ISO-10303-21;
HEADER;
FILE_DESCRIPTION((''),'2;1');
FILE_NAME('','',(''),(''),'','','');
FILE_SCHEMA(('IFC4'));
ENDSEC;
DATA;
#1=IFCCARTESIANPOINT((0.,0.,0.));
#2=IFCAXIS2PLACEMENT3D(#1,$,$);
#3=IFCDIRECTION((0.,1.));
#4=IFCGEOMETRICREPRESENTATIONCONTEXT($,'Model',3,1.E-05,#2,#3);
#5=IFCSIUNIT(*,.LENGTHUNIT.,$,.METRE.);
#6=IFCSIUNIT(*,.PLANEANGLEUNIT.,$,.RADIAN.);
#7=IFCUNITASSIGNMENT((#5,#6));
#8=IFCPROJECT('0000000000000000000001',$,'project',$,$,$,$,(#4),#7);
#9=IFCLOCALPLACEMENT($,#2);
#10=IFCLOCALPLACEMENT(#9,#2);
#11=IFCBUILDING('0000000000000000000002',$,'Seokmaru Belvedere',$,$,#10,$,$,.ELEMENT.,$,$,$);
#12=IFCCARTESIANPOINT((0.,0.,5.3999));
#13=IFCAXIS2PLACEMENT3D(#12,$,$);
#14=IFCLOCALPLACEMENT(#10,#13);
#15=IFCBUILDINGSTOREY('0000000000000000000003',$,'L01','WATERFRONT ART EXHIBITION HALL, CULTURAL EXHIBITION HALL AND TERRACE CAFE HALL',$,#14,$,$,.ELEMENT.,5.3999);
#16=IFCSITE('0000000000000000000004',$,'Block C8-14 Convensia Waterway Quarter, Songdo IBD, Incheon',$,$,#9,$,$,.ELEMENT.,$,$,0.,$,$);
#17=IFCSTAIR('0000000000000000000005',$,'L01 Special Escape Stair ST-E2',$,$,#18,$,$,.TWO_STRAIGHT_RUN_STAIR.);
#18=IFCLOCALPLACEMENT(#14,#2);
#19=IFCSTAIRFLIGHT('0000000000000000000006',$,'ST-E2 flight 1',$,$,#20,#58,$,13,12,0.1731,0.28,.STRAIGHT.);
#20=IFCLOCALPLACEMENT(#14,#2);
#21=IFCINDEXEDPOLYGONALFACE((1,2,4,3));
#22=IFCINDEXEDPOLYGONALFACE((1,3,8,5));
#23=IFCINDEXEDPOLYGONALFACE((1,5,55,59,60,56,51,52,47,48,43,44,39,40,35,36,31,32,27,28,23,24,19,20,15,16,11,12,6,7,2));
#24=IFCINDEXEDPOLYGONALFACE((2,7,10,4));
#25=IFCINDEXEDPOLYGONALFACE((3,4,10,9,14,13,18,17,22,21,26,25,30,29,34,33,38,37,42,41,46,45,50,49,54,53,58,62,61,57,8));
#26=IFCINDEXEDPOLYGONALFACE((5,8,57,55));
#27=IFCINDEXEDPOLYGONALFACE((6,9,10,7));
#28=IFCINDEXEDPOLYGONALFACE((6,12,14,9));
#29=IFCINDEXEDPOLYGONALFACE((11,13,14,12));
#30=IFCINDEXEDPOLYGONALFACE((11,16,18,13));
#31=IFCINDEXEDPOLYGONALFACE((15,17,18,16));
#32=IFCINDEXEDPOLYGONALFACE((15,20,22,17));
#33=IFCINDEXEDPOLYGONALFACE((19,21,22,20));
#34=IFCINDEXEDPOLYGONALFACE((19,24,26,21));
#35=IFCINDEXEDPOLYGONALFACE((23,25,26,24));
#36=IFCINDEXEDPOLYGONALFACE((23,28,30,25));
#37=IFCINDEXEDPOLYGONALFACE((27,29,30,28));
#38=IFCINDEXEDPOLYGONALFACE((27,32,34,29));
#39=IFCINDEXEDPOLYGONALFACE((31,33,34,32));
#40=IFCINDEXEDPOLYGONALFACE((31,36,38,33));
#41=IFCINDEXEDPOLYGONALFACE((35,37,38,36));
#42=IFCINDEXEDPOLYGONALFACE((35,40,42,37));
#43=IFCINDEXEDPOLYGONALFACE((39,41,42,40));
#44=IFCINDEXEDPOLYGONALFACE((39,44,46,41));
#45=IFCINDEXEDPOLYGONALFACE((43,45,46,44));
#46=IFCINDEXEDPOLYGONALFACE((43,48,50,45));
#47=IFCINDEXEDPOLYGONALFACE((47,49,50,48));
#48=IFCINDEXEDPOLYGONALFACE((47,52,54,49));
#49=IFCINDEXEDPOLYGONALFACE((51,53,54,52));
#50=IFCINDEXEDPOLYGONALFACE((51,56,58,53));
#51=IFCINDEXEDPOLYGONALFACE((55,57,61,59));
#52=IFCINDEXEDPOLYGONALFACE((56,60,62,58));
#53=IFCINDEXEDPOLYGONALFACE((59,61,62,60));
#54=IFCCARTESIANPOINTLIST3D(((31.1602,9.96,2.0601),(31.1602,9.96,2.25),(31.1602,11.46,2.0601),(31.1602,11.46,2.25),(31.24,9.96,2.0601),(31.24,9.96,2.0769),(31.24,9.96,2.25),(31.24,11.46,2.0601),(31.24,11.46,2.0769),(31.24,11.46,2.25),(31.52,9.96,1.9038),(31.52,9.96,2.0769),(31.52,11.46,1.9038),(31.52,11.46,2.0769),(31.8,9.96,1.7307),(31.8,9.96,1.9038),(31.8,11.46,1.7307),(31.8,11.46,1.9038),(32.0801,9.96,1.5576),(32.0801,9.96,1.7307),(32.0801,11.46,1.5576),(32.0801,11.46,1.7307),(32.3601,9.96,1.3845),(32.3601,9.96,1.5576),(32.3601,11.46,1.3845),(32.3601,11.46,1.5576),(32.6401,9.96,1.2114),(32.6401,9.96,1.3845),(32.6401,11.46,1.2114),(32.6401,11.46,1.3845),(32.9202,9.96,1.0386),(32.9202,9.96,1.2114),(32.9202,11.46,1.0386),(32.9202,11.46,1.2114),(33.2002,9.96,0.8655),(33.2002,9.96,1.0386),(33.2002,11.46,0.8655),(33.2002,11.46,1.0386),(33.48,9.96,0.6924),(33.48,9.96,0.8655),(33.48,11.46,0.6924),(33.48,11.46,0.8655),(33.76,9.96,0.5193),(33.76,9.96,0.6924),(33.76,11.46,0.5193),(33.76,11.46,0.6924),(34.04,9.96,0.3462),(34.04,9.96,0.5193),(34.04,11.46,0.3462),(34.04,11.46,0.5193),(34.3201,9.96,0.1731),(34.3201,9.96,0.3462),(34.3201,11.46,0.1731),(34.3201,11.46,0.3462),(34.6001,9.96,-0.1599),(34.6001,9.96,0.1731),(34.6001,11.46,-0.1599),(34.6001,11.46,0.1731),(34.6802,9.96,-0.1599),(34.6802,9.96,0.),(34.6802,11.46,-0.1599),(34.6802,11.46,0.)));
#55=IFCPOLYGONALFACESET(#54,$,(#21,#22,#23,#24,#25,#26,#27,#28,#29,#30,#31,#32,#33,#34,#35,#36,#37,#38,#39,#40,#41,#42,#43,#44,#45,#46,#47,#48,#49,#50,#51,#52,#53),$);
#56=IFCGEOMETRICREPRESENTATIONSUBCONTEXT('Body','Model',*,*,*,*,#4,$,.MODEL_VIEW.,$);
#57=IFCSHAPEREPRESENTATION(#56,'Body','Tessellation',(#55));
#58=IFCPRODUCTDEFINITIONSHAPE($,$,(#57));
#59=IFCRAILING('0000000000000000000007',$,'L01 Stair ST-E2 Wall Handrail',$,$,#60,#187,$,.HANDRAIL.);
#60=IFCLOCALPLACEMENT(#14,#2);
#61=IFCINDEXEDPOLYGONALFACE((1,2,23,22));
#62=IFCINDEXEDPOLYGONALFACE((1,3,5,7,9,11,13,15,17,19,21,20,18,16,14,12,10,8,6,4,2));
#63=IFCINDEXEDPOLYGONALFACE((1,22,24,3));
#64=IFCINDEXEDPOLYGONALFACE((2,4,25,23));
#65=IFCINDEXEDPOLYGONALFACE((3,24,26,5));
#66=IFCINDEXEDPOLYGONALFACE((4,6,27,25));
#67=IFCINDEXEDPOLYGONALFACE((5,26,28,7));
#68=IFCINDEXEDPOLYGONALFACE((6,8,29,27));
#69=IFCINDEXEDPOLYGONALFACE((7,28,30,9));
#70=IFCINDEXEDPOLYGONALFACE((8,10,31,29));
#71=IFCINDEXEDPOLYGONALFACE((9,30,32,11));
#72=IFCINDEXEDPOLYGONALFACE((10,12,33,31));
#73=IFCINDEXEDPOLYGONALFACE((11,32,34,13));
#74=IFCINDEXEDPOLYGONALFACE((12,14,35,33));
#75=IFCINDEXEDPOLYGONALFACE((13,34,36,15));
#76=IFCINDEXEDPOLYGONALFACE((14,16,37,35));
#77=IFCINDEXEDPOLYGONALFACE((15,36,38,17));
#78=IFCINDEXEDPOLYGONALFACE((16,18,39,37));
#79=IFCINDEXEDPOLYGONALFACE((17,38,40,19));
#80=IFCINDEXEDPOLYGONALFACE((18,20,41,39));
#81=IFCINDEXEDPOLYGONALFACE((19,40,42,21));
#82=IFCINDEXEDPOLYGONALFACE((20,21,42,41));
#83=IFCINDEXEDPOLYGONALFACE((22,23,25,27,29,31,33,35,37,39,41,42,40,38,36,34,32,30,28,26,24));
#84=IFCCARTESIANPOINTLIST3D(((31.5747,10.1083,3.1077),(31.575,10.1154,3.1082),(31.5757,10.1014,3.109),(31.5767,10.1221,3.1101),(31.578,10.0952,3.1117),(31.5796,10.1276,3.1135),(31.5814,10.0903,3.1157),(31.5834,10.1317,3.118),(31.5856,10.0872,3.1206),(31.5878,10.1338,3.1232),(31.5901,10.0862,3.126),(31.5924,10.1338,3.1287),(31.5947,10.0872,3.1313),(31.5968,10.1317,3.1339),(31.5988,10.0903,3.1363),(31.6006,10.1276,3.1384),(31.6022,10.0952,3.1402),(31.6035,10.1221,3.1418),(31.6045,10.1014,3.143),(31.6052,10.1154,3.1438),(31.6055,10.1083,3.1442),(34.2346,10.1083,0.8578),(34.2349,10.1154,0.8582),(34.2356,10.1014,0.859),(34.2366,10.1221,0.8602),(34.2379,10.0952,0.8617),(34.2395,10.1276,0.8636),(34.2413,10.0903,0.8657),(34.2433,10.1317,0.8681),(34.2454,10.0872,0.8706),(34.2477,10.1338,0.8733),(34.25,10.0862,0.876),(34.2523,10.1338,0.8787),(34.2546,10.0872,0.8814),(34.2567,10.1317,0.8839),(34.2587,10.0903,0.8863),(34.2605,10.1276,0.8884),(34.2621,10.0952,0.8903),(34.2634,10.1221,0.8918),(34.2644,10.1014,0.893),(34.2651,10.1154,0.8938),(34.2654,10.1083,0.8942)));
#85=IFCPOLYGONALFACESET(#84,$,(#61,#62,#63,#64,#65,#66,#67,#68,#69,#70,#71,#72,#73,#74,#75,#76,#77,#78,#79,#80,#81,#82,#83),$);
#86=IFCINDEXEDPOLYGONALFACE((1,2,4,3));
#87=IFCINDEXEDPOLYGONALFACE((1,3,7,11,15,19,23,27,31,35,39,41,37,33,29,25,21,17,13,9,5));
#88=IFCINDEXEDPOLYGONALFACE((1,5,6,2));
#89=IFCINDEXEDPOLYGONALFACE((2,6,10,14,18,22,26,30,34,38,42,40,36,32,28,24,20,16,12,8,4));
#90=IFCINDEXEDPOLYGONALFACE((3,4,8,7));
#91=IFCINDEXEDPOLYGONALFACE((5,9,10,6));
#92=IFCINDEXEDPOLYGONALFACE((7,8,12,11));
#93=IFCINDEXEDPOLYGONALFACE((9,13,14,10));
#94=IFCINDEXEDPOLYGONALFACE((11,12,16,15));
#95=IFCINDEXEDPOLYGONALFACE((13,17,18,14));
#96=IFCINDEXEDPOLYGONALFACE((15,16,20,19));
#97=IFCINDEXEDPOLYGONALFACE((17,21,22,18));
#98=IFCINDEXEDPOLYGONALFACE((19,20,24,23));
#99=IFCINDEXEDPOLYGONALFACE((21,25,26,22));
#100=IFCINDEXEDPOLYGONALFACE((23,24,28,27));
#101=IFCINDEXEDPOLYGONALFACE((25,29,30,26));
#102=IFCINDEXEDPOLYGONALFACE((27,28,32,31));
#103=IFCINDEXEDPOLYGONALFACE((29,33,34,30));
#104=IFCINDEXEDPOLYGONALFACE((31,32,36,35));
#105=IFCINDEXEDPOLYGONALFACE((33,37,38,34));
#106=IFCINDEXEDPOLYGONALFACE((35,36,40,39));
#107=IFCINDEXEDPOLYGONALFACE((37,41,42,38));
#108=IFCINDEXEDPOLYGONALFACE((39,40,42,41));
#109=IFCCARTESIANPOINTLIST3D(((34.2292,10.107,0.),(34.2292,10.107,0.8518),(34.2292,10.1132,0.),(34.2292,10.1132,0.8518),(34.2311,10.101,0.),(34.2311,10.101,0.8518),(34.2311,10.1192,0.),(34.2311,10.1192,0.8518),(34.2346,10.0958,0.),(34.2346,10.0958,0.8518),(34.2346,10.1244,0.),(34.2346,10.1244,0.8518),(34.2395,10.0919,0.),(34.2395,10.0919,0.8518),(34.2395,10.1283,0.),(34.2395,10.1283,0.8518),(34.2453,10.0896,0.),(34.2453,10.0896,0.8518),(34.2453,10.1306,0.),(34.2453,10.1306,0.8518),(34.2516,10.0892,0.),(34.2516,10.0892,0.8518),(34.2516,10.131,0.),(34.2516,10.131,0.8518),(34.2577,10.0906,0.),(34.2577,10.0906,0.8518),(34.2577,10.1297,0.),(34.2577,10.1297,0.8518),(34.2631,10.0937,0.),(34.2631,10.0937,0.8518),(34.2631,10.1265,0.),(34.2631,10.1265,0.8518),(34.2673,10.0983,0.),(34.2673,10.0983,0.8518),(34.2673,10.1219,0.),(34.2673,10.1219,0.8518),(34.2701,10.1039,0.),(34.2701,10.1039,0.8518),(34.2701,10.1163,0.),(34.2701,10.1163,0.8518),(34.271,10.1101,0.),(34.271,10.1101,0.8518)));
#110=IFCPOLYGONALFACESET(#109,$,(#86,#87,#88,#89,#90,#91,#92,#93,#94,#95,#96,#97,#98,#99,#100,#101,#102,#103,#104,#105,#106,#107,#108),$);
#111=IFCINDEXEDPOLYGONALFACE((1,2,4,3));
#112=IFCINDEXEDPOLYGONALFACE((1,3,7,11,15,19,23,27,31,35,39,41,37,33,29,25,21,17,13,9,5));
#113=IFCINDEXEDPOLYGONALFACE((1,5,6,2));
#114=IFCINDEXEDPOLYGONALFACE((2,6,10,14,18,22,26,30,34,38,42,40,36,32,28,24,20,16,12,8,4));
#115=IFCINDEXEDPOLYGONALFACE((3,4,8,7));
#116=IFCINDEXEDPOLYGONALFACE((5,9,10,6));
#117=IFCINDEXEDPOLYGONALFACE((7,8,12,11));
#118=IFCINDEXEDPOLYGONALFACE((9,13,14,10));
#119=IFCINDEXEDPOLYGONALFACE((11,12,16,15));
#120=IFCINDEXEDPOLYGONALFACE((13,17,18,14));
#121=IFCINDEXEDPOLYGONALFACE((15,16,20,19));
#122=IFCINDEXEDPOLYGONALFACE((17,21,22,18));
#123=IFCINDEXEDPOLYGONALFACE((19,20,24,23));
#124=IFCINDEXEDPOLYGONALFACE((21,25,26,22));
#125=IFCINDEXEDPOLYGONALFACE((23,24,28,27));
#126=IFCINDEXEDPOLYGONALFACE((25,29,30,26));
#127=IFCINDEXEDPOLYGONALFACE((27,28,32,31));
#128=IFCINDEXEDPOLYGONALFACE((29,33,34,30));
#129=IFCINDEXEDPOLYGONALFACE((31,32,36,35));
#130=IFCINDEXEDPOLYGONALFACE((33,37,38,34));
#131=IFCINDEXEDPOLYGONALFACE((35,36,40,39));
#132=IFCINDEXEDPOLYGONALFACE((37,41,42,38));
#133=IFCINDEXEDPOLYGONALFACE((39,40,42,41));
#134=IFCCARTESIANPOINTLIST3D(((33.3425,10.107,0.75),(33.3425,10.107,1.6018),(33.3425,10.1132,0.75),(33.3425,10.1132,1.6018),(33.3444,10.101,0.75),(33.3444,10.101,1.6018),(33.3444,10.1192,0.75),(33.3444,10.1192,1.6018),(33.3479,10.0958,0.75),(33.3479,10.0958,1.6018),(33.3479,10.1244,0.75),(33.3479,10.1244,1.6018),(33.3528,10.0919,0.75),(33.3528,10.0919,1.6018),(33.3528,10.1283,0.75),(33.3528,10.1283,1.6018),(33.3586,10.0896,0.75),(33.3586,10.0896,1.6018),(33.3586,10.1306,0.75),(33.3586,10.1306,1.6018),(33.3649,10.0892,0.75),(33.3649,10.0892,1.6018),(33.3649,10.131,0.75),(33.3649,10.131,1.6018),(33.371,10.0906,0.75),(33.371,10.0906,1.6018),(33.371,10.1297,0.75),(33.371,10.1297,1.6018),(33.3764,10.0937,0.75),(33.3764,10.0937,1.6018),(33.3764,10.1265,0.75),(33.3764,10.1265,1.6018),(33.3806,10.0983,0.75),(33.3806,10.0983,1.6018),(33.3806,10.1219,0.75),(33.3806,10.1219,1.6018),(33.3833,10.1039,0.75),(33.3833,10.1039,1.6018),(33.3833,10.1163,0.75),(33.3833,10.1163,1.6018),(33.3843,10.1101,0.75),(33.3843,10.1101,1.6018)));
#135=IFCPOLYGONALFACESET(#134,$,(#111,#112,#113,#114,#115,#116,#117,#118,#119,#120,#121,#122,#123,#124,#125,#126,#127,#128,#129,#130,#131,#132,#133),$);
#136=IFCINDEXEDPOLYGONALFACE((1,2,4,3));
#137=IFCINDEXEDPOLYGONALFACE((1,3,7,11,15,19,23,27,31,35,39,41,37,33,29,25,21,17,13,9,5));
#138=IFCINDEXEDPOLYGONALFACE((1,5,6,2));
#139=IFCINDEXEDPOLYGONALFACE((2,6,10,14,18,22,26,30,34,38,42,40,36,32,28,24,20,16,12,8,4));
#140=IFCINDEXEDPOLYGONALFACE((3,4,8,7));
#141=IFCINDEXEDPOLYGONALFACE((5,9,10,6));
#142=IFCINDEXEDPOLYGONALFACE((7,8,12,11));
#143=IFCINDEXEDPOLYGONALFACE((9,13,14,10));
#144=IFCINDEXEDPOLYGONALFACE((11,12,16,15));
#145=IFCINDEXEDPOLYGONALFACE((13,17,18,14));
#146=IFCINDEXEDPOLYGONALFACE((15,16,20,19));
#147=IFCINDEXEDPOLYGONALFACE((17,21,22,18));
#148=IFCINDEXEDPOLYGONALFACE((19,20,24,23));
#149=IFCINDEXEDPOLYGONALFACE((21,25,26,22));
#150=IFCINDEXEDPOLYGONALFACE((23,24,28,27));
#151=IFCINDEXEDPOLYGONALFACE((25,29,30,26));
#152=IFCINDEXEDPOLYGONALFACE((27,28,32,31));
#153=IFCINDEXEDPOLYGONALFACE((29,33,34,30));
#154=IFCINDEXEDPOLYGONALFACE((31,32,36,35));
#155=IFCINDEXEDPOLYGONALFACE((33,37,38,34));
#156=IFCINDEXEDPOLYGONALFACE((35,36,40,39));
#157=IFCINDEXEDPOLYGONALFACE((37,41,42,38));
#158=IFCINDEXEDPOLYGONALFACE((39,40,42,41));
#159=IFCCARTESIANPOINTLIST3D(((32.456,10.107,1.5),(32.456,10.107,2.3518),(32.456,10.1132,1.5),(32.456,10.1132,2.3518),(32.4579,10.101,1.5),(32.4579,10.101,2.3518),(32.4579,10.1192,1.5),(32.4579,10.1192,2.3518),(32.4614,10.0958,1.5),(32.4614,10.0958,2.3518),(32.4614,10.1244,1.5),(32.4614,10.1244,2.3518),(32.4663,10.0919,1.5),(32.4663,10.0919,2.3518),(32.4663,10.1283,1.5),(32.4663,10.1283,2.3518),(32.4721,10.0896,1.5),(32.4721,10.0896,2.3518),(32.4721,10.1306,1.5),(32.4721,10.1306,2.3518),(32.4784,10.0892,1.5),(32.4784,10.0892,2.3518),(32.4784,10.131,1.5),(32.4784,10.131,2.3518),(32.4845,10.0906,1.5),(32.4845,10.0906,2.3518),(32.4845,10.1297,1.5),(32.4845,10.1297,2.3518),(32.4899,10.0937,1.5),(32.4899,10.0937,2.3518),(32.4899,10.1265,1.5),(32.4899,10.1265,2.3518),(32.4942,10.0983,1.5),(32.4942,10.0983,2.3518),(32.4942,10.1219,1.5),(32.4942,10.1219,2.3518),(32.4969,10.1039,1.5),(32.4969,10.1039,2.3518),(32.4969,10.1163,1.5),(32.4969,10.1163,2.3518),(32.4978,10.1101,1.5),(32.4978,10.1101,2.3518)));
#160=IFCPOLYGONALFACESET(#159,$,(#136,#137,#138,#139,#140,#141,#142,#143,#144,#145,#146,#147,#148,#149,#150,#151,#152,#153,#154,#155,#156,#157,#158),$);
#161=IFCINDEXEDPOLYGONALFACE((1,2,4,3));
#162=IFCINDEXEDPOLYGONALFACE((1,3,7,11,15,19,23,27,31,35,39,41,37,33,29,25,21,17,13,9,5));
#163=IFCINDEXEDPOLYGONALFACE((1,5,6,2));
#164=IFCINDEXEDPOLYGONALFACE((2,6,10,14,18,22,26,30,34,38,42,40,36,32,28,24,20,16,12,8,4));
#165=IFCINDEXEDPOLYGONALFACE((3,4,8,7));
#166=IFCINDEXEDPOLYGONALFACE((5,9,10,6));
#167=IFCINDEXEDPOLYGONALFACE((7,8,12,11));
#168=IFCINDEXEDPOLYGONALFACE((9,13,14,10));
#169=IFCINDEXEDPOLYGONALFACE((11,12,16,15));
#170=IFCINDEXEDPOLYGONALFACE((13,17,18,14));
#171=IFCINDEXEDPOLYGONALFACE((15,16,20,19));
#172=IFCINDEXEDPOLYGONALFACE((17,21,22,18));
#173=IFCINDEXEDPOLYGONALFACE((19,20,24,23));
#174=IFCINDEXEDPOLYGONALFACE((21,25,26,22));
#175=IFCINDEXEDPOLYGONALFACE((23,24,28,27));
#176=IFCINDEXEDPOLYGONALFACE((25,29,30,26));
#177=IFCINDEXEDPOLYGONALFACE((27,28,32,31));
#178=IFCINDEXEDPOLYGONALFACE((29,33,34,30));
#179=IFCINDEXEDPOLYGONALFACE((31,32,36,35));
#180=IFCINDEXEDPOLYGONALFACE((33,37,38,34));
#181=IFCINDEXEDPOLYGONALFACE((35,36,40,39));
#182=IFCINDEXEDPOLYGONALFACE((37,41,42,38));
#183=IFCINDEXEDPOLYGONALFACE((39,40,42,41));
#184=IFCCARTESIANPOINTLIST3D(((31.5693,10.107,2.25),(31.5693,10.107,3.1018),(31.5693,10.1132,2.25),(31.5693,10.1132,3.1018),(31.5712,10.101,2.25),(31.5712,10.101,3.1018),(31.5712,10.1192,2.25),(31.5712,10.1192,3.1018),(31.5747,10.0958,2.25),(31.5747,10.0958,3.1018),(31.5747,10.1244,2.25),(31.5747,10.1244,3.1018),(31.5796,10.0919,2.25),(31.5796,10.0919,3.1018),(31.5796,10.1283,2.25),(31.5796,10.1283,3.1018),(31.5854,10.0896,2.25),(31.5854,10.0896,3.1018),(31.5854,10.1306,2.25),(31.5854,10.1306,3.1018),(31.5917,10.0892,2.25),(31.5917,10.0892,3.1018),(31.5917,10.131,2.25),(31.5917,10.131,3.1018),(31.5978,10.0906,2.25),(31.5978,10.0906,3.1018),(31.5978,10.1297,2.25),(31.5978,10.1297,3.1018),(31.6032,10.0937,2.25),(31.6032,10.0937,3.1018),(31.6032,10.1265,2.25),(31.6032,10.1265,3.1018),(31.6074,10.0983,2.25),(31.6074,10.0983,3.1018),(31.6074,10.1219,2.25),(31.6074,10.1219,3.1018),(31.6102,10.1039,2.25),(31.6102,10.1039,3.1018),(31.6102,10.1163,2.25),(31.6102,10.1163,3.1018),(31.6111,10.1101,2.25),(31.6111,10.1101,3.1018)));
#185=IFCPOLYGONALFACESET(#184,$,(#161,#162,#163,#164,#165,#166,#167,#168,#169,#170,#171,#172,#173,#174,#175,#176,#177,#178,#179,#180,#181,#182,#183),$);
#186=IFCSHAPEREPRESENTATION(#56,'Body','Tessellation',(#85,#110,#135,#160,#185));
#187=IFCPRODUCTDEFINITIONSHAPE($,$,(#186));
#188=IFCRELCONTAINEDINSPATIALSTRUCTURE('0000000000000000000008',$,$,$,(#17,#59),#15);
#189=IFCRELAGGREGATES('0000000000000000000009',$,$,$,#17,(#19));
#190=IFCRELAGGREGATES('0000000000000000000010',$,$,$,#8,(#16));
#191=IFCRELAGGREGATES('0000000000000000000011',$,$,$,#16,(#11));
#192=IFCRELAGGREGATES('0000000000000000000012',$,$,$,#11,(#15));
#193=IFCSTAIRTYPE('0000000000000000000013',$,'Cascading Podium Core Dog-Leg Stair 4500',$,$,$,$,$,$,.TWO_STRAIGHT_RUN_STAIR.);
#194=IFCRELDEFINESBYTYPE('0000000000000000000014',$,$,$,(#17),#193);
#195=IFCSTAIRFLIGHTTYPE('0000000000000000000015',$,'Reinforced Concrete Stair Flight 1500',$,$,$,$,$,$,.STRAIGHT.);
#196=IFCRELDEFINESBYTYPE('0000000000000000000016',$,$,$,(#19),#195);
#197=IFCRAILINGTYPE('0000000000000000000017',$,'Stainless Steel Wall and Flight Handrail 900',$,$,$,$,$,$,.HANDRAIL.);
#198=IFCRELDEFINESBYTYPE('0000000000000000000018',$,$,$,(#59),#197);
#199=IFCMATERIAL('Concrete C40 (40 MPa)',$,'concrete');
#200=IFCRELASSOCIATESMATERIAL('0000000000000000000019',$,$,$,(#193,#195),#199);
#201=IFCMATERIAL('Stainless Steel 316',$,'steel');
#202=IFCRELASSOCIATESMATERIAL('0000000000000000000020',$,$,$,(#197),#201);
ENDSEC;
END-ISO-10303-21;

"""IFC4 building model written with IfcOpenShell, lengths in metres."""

from ifc_helpers import new_model, si_unit, direction, frame, origin, origin_2d, place, context, subcontext, project, spatial, polyline, circle, outline, extrude, material, type_object, element, aggregate, save


model = new_model("IFC4")

# Units and contexts
model_context = context("Model", 3, precision=1e-05, world=origin(), true_north=direction((0.0, 1.0)))
body_context = subcontext(model_context, "Body", "Model", "MODEL_VIEW")
ifc_project = project(units=[si_unit("LENGTHUNIT", "METRE"), si_unit("PLANEANGLEUNIT", "RADIAN")], contexts=[model_context])

# Site, building, storey
site_placement = place(None, origin())
site = spatial("IfcSite", under=ifc_project, at=site_placement, Name="Block C8-14 Convensia Waterway Quarter, Songdo IBD, Incheon", CompositionType="ELEMENT", RefElevation=0.0)
building_placement = place(site_placement, origin())
building = spatial("IfcBuilding", under=site, at=building_placement, Name="Seokmaru Belvedere", CompositionType="ELEMENT")
storey_placement = place(building_placement, frame((0.0, 0.0, 5.3999)))
storey = spatial("IfcBuildingStorey", under=building, at=storey_placement, Name="L01", Description="WATERFRONT ART EXHIBITION HALL, CULTURAL EXHIBITION HALL AND TERRACE CAFE HALL", CompositionType="ELEMENT", Elevation=5.3999)

# Shared definitions
ifc_material_1 = material(Name="Concrete C40 (40 MPa)", Category="concrete")

# Stair, stair flight
stair_type = type_object("IfcStairType", Name="Cascading Podium Core Dog-Leg Stair 4500", PredefinedType="TWO_STRAIGHT_RUN_STAIR", material=ifc_material_1)
stair_placement = place(storey_placement, origin())
stair = element("IfcStair", 1, at=stair_placement, inside=storey, type_object=stair_type, Name="L01 Special Escape Stair ST-E2", PredefinedType="TWO_STRAIGHT_RUN_STAIR")
stair_flight_type = type_object("IfcStairFlightType", Name="Reinforced Concrete Stair Flight 1500", PredefinedType="STRAIGHT", material=ifc_material_1)
stair_flight_placement = place(storey_placement, frame((34.6001, 10.71, 0.0), z_axis=(0.0, 0.0, 1.0), x_axis=(-1.0, 0.0, 0.0)))
stair_flight = element("IfcStairFlight", 2, at=stair_flight_placement, type_object=stair_flight_type, Name="ST-E2 flight 1", NumberOfRisers=13, NumberOfTreads=12, PredefinedType="STRAIGHT", RiserHeight=0.1731, TreadLength=0.28, context=body_context, shape_type="SweptSolid", body=[
    extrude(outline(polyline([(-0.0801, 0.0), (0.0, 0.1731), (0.28, 0.1731), (0.28, 0.3462), (0.5601, 0.3462), (0.5601, 0.5193), (0.8401, 0.5193), (0.8401, 0.6924), (1.1201, 0.6924), (1.1201, 0.8655), (1.3999, 0.8655), (1.3999, 1.0386), (1.6799, 1.0386), (1.6799, 1.2114), (1.96, 1.2114), (1.96, 1.3845), (2.24, 1.3845), (2.24, 1.5576), (2.52, 1.5576), (2.52, 1.7307), (2.8, 1.7307), (2.8, 1.9038), (3.0801, 1.9038), (3.0801, 2.0769), (3.3601, 2.0769), (3.3601, 2.25), (3.4399, 2.25), (3.4399, 2.0601), (3.3601, 2.0601), (0.0, -0.1599), (-0.0801, -0.1599), (-0.0801, 0.0)])), frame((0.0, 0.75, 0.0), z_axis=(0.0, -1.0, 0.0), x_axis=(1.0, 0.0, 0.0)), (0.0, 0.0, 1.0), 1.5),
])
aggregate(stair, [stair_flight])

# Railing
ifc_material_2 = material(Name="Stainless Steel 316", Category="steel")
railing_type_1 = type_object("IfcRailingType", Name="Stainless Steel Wall and Flight Handrail 900", PredefinedType="HANDRAIL", material=ifc_material_2)
railing_1_placement = place(storey_placement, frame((34.25, 10.1101, 0.0)))
element("IfcRailing", 3, at=railing_1_placement, inside=storey, type_object=railing_type_1, Name="L01 Stair ST-E2 Wall Handrail", PredefinedType="HANDRAIL", context=body_context, shape_type="SweptSolid", body=[
    extrude(circle(Radius=0.0239, at=origin_2d()), frame((0.0, 0.0, 0.876), z_axis=(-0.763485, 0.0, 0.645826), x_axis=(0.0, -1.0, 0.0)), (0.0, 0.0, 1.0), 3.4839),
    extrude(circle(Radius=0.021, at=origin_2d()), origin(), (0.0, 0.0, 1.0), 0.8518),
    extrude(circle(Radius=0.021, at=origin_2d()), frame((-0.8867, 0.0, 0.75)), (0.0, 0.0, 1.0), 0.8518),
    extrude(circle(Radius=0.021, at=origin_2d()), frame((-1.7732, 0.0, 1.5)), (0.0, 0.0, 1.0), 0.8518),
    extrude(circle(Radius=0.021, at=origin_2d()), frame((-2.6599, 0.0, 2.25)), (0.0, 0.0, 1.0), 0.8518),
])

save(model, "model.ifc")
